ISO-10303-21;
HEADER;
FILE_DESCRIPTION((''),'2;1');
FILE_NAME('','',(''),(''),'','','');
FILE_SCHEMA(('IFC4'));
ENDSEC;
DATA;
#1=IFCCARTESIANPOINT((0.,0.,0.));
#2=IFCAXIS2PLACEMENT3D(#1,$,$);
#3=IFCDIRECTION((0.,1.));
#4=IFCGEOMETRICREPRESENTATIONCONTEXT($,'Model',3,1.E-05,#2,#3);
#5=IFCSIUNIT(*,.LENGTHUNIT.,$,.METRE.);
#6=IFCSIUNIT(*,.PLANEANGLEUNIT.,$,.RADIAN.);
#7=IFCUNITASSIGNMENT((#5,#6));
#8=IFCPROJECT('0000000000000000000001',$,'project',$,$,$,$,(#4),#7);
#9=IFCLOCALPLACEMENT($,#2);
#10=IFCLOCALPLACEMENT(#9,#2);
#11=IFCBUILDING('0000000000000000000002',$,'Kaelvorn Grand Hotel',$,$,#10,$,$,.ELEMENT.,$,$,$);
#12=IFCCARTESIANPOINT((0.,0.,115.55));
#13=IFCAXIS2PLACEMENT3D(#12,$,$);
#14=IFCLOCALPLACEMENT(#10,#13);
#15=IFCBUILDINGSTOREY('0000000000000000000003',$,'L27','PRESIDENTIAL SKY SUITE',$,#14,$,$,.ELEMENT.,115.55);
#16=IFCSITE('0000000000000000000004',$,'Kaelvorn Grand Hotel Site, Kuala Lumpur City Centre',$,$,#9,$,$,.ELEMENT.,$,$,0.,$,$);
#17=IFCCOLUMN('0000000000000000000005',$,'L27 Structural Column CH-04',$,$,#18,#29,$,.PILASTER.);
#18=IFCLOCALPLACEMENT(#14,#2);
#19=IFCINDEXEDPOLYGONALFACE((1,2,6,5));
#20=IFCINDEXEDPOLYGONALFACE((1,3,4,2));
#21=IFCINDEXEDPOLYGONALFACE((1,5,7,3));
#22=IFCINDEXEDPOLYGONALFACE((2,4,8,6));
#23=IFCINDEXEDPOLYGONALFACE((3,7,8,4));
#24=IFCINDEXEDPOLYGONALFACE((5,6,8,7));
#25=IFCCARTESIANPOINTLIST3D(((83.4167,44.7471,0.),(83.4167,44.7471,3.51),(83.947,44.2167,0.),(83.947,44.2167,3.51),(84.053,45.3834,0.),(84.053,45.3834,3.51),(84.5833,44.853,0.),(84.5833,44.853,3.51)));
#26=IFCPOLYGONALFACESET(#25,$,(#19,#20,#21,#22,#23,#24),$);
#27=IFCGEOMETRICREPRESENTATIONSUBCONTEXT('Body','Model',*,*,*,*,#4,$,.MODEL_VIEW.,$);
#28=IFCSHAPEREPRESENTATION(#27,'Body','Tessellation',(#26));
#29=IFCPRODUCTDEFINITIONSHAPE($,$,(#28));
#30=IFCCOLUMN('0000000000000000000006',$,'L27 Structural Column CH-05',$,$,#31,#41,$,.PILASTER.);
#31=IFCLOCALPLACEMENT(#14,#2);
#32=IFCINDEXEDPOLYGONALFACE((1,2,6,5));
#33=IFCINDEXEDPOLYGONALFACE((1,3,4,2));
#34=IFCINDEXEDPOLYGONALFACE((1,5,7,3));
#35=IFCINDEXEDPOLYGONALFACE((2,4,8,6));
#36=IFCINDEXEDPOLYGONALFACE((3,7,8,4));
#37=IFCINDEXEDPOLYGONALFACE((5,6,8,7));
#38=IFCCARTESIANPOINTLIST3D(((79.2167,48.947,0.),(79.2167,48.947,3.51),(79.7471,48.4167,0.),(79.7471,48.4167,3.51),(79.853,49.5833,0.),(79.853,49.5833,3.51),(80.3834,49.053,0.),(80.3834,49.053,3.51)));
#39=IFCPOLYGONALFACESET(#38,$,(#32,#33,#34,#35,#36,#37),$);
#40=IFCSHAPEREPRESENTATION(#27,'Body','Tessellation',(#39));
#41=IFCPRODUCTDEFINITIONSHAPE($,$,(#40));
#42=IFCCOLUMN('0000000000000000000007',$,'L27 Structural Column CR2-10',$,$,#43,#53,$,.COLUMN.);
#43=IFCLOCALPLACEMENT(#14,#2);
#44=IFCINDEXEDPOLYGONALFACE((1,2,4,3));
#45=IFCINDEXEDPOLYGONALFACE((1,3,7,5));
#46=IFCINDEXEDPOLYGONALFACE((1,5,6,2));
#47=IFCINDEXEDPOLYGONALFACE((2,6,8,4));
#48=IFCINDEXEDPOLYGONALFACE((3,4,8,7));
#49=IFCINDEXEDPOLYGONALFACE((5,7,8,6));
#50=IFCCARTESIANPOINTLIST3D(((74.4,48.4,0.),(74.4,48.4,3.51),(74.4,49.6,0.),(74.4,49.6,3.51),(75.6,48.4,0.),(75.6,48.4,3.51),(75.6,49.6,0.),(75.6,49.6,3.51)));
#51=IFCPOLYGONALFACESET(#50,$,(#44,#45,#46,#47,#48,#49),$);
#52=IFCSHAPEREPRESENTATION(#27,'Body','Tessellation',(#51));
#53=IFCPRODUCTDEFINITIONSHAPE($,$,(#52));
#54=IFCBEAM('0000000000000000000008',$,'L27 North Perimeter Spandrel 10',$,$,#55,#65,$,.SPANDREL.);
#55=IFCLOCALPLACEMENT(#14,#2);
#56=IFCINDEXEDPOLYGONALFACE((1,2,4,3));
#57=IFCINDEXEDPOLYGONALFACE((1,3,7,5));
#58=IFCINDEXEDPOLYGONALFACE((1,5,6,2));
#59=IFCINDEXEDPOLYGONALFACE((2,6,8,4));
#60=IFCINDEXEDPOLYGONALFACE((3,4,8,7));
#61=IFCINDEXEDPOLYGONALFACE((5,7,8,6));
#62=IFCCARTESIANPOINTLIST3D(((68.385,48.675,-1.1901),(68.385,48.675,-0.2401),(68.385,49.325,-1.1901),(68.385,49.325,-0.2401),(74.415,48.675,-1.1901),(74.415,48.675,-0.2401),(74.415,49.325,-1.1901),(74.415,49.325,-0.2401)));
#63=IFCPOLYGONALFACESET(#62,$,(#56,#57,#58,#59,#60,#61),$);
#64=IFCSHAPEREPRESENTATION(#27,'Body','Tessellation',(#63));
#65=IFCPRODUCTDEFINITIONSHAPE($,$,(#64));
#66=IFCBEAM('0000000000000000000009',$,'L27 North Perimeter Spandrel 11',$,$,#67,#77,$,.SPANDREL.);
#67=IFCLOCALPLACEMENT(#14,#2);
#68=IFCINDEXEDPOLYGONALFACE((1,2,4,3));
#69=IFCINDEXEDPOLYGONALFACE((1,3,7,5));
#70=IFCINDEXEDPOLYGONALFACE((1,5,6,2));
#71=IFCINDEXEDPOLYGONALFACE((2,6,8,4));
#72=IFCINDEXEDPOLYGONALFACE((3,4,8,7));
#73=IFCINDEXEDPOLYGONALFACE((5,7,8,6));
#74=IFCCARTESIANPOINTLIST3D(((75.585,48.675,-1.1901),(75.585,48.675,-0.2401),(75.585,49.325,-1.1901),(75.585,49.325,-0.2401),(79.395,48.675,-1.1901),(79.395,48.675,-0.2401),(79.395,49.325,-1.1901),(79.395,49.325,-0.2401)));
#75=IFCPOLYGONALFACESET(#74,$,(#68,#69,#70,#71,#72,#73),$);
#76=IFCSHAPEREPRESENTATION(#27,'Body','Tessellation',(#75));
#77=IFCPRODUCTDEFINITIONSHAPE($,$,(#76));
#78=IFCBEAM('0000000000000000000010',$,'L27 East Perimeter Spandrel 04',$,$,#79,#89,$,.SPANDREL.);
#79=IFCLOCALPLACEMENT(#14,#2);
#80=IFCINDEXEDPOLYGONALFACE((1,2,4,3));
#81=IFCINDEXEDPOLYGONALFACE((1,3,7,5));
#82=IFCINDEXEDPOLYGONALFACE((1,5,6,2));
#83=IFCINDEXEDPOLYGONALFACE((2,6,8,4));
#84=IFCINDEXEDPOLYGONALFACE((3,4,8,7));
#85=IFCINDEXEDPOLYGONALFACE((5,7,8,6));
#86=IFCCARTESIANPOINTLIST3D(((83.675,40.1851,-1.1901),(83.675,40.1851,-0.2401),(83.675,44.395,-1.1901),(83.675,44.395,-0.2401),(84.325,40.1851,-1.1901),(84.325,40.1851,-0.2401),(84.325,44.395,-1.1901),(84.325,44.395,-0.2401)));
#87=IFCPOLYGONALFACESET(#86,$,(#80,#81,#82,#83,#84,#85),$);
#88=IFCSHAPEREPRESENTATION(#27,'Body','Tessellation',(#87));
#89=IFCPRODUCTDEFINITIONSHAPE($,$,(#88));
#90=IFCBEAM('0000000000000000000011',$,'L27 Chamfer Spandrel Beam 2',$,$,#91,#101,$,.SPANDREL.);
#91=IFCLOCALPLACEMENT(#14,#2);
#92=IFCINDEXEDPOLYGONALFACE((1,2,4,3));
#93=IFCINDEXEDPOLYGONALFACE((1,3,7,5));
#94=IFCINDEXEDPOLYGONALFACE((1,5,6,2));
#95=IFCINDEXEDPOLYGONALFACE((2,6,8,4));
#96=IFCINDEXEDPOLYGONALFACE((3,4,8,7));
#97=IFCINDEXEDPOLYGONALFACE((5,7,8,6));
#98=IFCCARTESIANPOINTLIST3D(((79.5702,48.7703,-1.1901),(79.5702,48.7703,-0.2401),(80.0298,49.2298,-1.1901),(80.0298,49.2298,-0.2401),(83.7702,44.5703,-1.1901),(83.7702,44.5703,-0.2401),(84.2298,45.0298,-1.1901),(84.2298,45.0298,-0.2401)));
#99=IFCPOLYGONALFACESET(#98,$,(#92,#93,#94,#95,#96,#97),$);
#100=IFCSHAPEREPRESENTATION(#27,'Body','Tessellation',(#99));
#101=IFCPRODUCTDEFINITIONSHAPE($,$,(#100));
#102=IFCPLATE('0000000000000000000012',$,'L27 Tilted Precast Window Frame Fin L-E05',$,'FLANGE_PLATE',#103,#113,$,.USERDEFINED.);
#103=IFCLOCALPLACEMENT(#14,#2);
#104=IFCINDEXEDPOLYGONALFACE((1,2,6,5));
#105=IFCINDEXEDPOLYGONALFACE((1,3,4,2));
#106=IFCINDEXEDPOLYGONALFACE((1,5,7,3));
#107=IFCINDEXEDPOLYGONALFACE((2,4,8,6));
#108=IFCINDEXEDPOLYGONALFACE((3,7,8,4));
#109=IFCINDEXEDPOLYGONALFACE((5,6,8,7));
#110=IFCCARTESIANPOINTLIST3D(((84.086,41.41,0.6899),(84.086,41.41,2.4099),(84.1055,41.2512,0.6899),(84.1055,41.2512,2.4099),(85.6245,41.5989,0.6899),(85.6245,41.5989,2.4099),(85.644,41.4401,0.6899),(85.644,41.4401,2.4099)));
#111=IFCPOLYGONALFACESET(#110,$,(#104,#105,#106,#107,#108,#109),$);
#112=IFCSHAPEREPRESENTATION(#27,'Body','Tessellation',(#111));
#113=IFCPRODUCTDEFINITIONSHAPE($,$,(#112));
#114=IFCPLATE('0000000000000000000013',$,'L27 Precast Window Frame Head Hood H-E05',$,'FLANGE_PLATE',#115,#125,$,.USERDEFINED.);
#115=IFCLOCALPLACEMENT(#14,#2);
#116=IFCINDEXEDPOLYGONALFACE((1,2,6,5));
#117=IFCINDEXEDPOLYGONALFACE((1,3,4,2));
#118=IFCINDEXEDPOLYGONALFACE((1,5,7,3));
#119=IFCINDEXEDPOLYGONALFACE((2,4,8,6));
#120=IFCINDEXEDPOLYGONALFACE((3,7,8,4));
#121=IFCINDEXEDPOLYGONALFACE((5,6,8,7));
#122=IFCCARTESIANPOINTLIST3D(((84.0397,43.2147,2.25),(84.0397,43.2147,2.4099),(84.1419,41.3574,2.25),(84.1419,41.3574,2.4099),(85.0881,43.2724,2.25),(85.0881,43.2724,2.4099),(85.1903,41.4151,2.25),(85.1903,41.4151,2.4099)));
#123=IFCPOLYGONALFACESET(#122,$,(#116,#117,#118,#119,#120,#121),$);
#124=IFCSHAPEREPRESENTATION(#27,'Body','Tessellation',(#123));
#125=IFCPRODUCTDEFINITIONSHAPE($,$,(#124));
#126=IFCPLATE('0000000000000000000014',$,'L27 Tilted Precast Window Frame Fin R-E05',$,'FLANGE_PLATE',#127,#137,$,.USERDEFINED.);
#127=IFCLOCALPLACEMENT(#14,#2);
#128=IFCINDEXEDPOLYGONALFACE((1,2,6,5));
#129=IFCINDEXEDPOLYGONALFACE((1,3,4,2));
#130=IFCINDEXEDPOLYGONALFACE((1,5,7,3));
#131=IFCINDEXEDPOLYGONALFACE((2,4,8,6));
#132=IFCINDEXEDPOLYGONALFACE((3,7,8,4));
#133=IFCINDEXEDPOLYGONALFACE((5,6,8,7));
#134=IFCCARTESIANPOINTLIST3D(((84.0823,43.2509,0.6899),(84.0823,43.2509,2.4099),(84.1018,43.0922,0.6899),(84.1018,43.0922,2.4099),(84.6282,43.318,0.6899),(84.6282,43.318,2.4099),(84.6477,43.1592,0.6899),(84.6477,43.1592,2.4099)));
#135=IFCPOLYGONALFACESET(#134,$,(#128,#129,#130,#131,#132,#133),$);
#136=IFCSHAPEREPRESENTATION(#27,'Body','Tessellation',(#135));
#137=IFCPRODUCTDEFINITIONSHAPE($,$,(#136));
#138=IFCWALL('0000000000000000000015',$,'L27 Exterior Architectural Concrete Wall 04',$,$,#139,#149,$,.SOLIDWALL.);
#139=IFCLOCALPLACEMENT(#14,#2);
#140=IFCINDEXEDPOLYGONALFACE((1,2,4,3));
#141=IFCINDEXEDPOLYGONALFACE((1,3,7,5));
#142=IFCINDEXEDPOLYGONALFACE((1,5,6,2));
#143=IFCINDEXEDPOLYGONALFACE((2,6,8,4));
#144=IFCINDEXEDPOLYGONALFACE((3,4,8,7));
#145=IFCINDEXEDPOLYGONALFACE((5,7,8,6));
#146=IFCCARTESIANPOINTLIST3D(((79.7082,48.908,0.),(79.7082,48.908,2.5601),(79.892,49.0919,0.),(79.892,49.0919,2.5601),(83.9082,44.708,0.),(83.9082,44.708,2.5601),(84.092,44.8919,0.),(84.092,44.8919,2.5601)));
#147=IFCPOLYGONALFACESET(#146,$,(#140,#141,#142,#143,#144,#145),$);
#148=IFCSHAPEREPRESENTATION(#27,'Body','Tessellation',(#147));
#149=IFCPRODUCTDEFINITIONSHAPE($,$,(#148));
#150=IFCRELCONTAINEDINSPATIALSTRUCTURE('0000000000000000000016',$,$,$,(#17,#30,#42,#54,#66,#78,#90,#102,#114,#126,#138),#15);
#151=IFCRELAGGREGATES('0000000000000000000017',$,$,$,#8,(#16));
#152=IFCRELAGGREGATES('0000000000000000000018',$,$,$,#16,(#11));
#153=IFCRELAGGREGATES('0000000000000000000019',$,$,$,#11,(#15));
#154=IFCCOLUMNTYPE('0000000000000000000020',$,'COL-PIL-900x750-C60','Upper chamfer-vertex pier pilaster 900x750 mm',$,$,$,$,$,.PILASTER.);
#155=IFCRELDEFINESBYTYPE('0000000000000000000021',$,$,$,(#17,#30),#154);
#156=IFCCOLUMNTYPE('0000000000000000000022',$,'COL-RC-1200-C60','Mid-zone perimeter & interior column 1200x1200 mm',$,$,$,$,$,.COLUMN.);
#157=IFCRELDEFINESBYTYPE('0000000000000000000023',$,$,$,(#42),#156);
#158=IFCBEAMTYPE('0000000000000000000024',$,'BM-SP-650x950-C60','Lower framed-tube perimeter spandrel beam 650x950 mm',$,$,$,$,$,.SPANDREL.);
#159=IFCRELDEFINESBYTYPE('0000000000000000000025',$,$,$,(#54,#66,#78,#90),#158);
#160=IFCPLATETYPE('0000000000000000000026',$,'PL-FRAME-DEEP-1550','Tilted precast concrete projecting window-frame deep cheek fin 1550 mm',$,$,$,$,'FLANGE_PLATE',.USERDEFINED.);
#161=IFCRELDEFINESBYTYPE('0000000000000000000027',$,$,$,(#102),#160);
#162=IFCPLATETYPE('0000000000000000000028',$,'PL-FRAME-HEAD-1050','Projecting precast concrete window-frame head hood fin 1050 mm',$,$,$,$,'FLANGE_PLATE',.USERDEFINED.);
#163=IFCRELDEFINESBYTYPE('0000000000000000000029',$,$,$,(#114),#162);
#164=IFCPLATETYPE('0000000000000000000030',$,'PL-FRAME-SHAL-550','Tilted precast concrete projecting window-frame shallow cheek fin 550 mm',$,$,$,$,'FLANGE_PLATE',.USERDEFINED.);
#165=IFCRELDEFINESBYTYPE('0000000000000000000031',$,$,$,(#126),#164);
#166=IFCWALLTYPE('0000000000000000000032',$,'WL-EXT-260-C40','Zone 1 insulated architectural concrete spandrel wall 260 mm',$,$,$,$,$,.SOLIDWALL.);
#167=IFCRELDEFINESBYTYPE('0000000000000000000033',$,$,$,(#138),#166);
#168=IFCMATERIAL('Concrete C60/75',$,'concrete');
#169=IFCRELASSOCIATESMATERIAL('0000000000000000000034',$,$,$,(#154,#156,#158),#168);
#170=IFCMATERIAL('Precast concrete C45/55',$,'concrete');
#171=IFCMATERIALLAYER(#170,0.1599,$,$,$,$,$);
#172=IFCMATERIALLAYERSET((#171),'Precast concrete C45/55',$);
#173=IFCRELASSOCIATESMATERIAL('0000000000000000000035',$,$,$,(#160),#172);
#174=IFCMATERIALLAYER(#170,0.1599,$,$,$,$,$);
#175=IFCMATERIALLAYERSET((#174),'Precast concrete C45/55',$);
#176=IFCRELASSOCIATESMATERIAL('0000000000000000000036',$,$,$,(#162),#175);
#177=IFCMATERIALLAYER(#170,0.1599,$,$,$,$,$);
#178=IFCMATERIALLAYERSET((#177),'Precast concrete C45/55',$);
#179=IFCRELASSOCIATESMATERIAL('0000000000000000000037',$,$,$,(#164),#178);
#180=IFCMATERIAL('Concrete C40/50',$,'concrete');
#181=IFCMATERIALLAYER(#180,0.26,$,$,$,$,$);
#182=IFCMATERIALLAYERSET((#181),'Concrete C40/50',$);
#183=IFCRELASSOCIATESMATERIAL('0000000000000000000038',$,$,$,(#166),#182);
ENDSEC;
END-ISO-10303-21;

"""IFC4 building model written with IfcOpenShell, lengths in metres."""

from ifc_helpers import new_model, si_unit, direction, frame, frame_2d, origin, origin_2d, place, context, subcontext, project, spatial, rectangle, extrude, material, layer, layer_set, material_profile, profile_set, type_object, element, save


model = new_model("IFC4")

# Units and contexts
model_context = context("Model", 3, precision=1e-05, world=origin(), true_north=direction((0.0, 1.0)))
body_context = subcontext(model_context, "Body", "Model", "MODEL_VIEW")
ifc_project = project(units=[si_unit("LENGTHUNIT", "METRE"), si_unit("PLANEANGLEUNIT", "RADIAN")], contexts=[model_context])

# Site, building, storey
site_placement = place(None, origin())
site = spatial("IfcSite", under=ifc_project, at=site_placement, Name="Kaelvorn Grand Hotel Site, Kuala Lumpur City Centre", CompositionType="ELEMENT", RefElevation=0.0)
building_placement = place(site_placement, origin())
building = spatial("IfcBuilding", under=site, at=building_placement, Name="Kaelvorn Grand Hotel", CompositionType="ELEMENT")
storey_placement = place(building_placement, frame((0.0, 0.0, 115.55)))
storey = spatial("IfcBuildingStorey", under=building, at=storey_placement, Name="L27", Description="PRESIDENTIAL SKY SUITE", CompositionType="ELEMENT", Elevation=115.55)

# Columns
ifc_material_1 = material(Name="Concrete C60/75", Category="concrete")
ifc_material_profile_1 = material_profile(ifc_material_1, rectangle(XDim=0.8999, YDim=0.75, at=origin_2d()), Name="RC PILASTER 900x750")
ifc_profile_set_1 = profile_set([ifc_material_profile_1], Name="Concrete C60/75")
column_type_1 = type_object("IfcColumnType", Name="COL-PIL-900x750-C60", Description="Upper chamfer-vertex pier pilaster 900x750 mm", PredefinedType="PILASTER", material=ifc_profile_set_1)
for number, where, z_axis, x_axis, name in (
    (1, (84.0, 44.8, 0.0), (0.0, 0.0, 1.0), (0.707107, 0.707107, 0.0), "L27 Structural Column CH-04"),
    (2, (79.8, 49.0, 0.0), (0.0, 0.0, 1.0), (0.707107, 0.707107, 0.0), "L27 Structural Column CH-05"),
):
    element("IfcColumn", number, at=place(storey_placement, frame(where, z_axis=z_axis, x_axis=x_axis)), inside=storey, type_object=column_type_1, Name=name, PredefinedType="PILASTER", context=body_context, shape_type="SweptSolid", body=[
        extrude(rectangle(XDim=0.8999, YDim=0.75, at=origin_2d()), origin(), (0.0, 0.0, 1.0), 3.51),
    ])
ifc_material_profile_2 = material_profile(ifc_material_1, rectangle(XDim=1.2, YDim=1.2, at=origin_2d()), Name="RC COL 1200x1200")
ifc_profile_set_2 = profile_set([ifc_material_profile_2], Name="Concrete C60/75")
column_type_2 = type_object("IfcColumnType", Name="COL-RC-1200-C60", Description="Mid-zone perimeter & interior column 1200x1200 mm", PredefinedType="COLUMN", material=ifc_profile_set_2)
column_placement = place(storey_placement, frame((75.0, 49.0, 0.0), z_axis=(0.0, 0.0, 1.0), x_axis=(1.0, 0.0, 0.0)))
element("IfcColumn", 3, at=column_placement, inside=storey, type_object=column_type_2, Name="L27 Structural Column CR2-10", PredefinedType="COLUMN", context=body_context, shape_type="SweptSolid", body=[
    extrude(rectangle(XDim=1.2, YDim=1.2, at=origin_2d()), origin(), (0.0, 0.0, 1.0), 3.51),
])

# Beams
ifc_material_profile_3 = material_profile(ifc_material_1, rectangle(XDim=0.6499, YDim=0.95, at=origin_2d()), Name="RC SPANDREL 650x950")
ifc_profile_set_3 = profile_set([ifc_material_profile_3], Name="Concrete C60/75")
beam_type = type_object("IfcBeamType", Name="BM-SP-650x950-C60", Description="Lower framed-tube perimeter spandrel beam 650x950 mm", PredefinedType="SPANDREL", material=ifc_profile_set_3)
beam_1_placement = place(storey_placement, frame((68.385, 49.0, -0.7151), z_axis=(1.0, 0.0, 0.0), x_axis=(0.0, 1.0, 0.0)))
element("IfcBeam", 4, at=beam_1_placement, inside=storey, type_object=beam_type, Name="L27 North Perimeter Spandrel 10", PredefinedType="SPANDREL", context=body_context, shape_type="SweptSolid", body=[
    extrude(rectangle(XDim=0.6499, YDim=0.95, at=origin_2d()), origin(), (0.0, 0.0, 1.0), 6.03),
])
beam_2_placement = place(storey_placement, frame((75.585, 49.0, -0.7151), z_axis=(1.0, 0.0, 0.0), x_axis=(0.0, 1.0, 0.0)))
element("IfcBeam", 5, at=beam_2_placement, inside=storey, type_object=beam_type, Name="L27 North Perimeter Spandrel 11", PredefinedType="SPANDREL", context=body_context, shape_type="SweptSolid", body=[
    extrude(rectangle(XDim=0.6499, YDim=0.95, at=origin_2d()), origin(), (0.0, 0.0, 1.0), 3.8101),
])
beam_3_placement = place(storey_placement, frame((84.0, 40.1851, -0.7151), z_axis=(0.0, 1.0, 0.0), x_axis=(-1.0, 0.0, 0.0)))
element("IfcBeam", 6, at=beam_3_placement, inside=storey, type_object=beam_type, Name="L27 East Perimeter Spandrel 04", PredefinedType="SPANDREL", context=body_context, shape_type="SweptSolid", body=[
    extrude(rectangle(XDim=0.6499, YDim=0.95, at=origin_2d()), origin(), (0.0, 0.0, 1.0), 4.21),
])
beam_4_placement = place(storey_placement, frame((84.0, 44.8, -0.7151), z_axis=(-0.707107, 0.707107, 0.0), x_axis=(-0.707107, -0.707107, 0.0)))
element("IfcBeam", 7, at=beam_4_placement, inside=storey, type_object=beam_type, Name="L27 Chamfer Spandrel Beam 2", PredefinedType="SPANDREL", context=body_context, shape_type="SweptSolid", body=[
    extrude(rectangle(XDim=0.6499, YDim=0.95, at=origin_2d()), origin(), (0.0, 0.0, 1.0), 5.9397),
])

# Plates
ifc_material_2 = material(Name="Precast concrete C45/55", Category="concrete")
ifc_layer_1 = layer(ifc_material_2, 0.1599)
ifc_layer_set_1 = layer_set([ifc_layer_1], Name="Precast concrete C45/55")
plate_type_1 = type_object("IfcPlateType", Name="PL-FRAME-DEEP-1550", Description="Tilted precast concrete projecting window-frame deep cheek fin 1550 mm", ElementType="FLANGE_PLATE", PredefinedType="USERDEFINED", material=ifc_layer_set_1)
plate_1_placement = place(storey_placement, frame((84.865, 41.425, 0.6899), z_axis=(0.0, 0.0, 1.0), x_axis=(-0.121869, 0.992546, 0.0)))
element("IfcPlate", 8, at=plate_1_placement, inside=storey, type_object=plate_type_1, Name="L27 Tilted Precast Window Frame Fin L-E05", ObjectType="FLANGE_PLATE", PredefinedType="USERDEFINED", context=body_context, shape_type="SweptSolid", body=[
    extrude(rectangle(XDim=0.1599, YDim=1.55, at=origin_2d()), origin(), (0.0, 0.0, 1.0), 1.72),
])
ifc_layer_2 = layer(ifc_material_2, 0.1599)
ifc_layer_set_2 = layer_set([ifc_layer_2], Name="Precast concrete C45/55")
plate_type_2 = type_object("IfcPlateType", Name="PL-FRAME-HEAD-1050", Description="Projecting precast concrete window-frame head hood fin 1050 mm", ElementType="FLANGE_PLATE", PredefinedType="USERDEFINED", material=ifc_layer_set_2)
plate_2_placement = place(storey_placement, frame((84.615, 42.3149, 2.25), z_axis=(0.0, 0.0, 1.0), x_axis=(-0.05495, 0.998489, 0.0)))
element("IfcPlate", 9, at=plate_2_placement, inside=storey, type_object=plate_type_2, Name="L27 Precast Window Frame Head Hood H-E05", ObjectType="FLANGE_PLATE", PredefinedType="USERDEFINED", context=body_context, shape_type="SweptSolid", body=[
    extrude(rectangle(XDim=1.8601, YDim=1.05, at=origin_2d()), origin(), (0.0, 0.0, 1.0), 0.1599),
])
ifc_layer_3 = layer(ifc_material_2, 0.1599)
ifc_layer_set_3 = layer_set([ifc_layer_3], Name="Precast concrete C45/55")
plate_type_3 = type_object("IfcPlateType", Name="PL-FRAME-SHAL-550", Description="Tilted precast concrete projecting window-frame shallow cheek fin 550 mm", ElementType="FLANGE_PLATE", PredefinedType="USERDEFINED", material=ifc_layer_set_3)
plate_3_placement = place(storey_placement, frame((84.365, 43.2051, 0.6899), z_axis=(0.0, 0.0, 1.0), x_axis=(-0.121869, 0.992546, 0.0)))
element("IfcPlate", 10, at=plate_3_placement, inside=storey, type_object=plate_type_3, Name="L27 Tilted Precast Window Frame Fin R-E05", ObjectType="FLANGE_PLATE", PredefinedType="USERDEFINED", context=body_context, shape_type="SweptSolid", body=[
    extrude(rectangle(XDim=0.1599, YDim=0.55, at=origin_2d()), origin(), (0.0, 0.0, 1.0), 1.72),
])

# Wall
ifc_material_3 = material(Name="Concrete C40/50", Category="concrete")
ifc_layer_4 = layer(ifc_material_3, 0.26)
ifc_layer_set_4 = layer_set([ifc_layer_4], Name="Concrete C40/50")
wall_type = type_object("IfcWallType", Name="WL-EXT-260-C40", Description="Zone 1 insulated architectural concrete spandrel wall 260 mm", PredefinedType="SOLIDWALL", material=ifc_layer_set_4)
wall_1_placement = place(storey_placement, frame((84.0, 44.8, 0.0), z_axis=(0.0, 0.0, 1.0), x_axis=(-0.707107, 0.707107, 0.0)))
element("IfcWall", 11, at=wall_1_placement, inside=storey, type_object=wall_type, Name="L27 Exterior Architectural Concrete Wall 04", PredefinedType="SOLIDWALL", context=body_context, shape_type="SweptSolid", body=[
    extrude(rectangle(XDim=5.9397, YDim=0.26, at=frame_2d((2.9697, 0.0))), origin(), (0.0, 0.0, 1.0), 2.5601),
])

save(model, "model.ifc")
